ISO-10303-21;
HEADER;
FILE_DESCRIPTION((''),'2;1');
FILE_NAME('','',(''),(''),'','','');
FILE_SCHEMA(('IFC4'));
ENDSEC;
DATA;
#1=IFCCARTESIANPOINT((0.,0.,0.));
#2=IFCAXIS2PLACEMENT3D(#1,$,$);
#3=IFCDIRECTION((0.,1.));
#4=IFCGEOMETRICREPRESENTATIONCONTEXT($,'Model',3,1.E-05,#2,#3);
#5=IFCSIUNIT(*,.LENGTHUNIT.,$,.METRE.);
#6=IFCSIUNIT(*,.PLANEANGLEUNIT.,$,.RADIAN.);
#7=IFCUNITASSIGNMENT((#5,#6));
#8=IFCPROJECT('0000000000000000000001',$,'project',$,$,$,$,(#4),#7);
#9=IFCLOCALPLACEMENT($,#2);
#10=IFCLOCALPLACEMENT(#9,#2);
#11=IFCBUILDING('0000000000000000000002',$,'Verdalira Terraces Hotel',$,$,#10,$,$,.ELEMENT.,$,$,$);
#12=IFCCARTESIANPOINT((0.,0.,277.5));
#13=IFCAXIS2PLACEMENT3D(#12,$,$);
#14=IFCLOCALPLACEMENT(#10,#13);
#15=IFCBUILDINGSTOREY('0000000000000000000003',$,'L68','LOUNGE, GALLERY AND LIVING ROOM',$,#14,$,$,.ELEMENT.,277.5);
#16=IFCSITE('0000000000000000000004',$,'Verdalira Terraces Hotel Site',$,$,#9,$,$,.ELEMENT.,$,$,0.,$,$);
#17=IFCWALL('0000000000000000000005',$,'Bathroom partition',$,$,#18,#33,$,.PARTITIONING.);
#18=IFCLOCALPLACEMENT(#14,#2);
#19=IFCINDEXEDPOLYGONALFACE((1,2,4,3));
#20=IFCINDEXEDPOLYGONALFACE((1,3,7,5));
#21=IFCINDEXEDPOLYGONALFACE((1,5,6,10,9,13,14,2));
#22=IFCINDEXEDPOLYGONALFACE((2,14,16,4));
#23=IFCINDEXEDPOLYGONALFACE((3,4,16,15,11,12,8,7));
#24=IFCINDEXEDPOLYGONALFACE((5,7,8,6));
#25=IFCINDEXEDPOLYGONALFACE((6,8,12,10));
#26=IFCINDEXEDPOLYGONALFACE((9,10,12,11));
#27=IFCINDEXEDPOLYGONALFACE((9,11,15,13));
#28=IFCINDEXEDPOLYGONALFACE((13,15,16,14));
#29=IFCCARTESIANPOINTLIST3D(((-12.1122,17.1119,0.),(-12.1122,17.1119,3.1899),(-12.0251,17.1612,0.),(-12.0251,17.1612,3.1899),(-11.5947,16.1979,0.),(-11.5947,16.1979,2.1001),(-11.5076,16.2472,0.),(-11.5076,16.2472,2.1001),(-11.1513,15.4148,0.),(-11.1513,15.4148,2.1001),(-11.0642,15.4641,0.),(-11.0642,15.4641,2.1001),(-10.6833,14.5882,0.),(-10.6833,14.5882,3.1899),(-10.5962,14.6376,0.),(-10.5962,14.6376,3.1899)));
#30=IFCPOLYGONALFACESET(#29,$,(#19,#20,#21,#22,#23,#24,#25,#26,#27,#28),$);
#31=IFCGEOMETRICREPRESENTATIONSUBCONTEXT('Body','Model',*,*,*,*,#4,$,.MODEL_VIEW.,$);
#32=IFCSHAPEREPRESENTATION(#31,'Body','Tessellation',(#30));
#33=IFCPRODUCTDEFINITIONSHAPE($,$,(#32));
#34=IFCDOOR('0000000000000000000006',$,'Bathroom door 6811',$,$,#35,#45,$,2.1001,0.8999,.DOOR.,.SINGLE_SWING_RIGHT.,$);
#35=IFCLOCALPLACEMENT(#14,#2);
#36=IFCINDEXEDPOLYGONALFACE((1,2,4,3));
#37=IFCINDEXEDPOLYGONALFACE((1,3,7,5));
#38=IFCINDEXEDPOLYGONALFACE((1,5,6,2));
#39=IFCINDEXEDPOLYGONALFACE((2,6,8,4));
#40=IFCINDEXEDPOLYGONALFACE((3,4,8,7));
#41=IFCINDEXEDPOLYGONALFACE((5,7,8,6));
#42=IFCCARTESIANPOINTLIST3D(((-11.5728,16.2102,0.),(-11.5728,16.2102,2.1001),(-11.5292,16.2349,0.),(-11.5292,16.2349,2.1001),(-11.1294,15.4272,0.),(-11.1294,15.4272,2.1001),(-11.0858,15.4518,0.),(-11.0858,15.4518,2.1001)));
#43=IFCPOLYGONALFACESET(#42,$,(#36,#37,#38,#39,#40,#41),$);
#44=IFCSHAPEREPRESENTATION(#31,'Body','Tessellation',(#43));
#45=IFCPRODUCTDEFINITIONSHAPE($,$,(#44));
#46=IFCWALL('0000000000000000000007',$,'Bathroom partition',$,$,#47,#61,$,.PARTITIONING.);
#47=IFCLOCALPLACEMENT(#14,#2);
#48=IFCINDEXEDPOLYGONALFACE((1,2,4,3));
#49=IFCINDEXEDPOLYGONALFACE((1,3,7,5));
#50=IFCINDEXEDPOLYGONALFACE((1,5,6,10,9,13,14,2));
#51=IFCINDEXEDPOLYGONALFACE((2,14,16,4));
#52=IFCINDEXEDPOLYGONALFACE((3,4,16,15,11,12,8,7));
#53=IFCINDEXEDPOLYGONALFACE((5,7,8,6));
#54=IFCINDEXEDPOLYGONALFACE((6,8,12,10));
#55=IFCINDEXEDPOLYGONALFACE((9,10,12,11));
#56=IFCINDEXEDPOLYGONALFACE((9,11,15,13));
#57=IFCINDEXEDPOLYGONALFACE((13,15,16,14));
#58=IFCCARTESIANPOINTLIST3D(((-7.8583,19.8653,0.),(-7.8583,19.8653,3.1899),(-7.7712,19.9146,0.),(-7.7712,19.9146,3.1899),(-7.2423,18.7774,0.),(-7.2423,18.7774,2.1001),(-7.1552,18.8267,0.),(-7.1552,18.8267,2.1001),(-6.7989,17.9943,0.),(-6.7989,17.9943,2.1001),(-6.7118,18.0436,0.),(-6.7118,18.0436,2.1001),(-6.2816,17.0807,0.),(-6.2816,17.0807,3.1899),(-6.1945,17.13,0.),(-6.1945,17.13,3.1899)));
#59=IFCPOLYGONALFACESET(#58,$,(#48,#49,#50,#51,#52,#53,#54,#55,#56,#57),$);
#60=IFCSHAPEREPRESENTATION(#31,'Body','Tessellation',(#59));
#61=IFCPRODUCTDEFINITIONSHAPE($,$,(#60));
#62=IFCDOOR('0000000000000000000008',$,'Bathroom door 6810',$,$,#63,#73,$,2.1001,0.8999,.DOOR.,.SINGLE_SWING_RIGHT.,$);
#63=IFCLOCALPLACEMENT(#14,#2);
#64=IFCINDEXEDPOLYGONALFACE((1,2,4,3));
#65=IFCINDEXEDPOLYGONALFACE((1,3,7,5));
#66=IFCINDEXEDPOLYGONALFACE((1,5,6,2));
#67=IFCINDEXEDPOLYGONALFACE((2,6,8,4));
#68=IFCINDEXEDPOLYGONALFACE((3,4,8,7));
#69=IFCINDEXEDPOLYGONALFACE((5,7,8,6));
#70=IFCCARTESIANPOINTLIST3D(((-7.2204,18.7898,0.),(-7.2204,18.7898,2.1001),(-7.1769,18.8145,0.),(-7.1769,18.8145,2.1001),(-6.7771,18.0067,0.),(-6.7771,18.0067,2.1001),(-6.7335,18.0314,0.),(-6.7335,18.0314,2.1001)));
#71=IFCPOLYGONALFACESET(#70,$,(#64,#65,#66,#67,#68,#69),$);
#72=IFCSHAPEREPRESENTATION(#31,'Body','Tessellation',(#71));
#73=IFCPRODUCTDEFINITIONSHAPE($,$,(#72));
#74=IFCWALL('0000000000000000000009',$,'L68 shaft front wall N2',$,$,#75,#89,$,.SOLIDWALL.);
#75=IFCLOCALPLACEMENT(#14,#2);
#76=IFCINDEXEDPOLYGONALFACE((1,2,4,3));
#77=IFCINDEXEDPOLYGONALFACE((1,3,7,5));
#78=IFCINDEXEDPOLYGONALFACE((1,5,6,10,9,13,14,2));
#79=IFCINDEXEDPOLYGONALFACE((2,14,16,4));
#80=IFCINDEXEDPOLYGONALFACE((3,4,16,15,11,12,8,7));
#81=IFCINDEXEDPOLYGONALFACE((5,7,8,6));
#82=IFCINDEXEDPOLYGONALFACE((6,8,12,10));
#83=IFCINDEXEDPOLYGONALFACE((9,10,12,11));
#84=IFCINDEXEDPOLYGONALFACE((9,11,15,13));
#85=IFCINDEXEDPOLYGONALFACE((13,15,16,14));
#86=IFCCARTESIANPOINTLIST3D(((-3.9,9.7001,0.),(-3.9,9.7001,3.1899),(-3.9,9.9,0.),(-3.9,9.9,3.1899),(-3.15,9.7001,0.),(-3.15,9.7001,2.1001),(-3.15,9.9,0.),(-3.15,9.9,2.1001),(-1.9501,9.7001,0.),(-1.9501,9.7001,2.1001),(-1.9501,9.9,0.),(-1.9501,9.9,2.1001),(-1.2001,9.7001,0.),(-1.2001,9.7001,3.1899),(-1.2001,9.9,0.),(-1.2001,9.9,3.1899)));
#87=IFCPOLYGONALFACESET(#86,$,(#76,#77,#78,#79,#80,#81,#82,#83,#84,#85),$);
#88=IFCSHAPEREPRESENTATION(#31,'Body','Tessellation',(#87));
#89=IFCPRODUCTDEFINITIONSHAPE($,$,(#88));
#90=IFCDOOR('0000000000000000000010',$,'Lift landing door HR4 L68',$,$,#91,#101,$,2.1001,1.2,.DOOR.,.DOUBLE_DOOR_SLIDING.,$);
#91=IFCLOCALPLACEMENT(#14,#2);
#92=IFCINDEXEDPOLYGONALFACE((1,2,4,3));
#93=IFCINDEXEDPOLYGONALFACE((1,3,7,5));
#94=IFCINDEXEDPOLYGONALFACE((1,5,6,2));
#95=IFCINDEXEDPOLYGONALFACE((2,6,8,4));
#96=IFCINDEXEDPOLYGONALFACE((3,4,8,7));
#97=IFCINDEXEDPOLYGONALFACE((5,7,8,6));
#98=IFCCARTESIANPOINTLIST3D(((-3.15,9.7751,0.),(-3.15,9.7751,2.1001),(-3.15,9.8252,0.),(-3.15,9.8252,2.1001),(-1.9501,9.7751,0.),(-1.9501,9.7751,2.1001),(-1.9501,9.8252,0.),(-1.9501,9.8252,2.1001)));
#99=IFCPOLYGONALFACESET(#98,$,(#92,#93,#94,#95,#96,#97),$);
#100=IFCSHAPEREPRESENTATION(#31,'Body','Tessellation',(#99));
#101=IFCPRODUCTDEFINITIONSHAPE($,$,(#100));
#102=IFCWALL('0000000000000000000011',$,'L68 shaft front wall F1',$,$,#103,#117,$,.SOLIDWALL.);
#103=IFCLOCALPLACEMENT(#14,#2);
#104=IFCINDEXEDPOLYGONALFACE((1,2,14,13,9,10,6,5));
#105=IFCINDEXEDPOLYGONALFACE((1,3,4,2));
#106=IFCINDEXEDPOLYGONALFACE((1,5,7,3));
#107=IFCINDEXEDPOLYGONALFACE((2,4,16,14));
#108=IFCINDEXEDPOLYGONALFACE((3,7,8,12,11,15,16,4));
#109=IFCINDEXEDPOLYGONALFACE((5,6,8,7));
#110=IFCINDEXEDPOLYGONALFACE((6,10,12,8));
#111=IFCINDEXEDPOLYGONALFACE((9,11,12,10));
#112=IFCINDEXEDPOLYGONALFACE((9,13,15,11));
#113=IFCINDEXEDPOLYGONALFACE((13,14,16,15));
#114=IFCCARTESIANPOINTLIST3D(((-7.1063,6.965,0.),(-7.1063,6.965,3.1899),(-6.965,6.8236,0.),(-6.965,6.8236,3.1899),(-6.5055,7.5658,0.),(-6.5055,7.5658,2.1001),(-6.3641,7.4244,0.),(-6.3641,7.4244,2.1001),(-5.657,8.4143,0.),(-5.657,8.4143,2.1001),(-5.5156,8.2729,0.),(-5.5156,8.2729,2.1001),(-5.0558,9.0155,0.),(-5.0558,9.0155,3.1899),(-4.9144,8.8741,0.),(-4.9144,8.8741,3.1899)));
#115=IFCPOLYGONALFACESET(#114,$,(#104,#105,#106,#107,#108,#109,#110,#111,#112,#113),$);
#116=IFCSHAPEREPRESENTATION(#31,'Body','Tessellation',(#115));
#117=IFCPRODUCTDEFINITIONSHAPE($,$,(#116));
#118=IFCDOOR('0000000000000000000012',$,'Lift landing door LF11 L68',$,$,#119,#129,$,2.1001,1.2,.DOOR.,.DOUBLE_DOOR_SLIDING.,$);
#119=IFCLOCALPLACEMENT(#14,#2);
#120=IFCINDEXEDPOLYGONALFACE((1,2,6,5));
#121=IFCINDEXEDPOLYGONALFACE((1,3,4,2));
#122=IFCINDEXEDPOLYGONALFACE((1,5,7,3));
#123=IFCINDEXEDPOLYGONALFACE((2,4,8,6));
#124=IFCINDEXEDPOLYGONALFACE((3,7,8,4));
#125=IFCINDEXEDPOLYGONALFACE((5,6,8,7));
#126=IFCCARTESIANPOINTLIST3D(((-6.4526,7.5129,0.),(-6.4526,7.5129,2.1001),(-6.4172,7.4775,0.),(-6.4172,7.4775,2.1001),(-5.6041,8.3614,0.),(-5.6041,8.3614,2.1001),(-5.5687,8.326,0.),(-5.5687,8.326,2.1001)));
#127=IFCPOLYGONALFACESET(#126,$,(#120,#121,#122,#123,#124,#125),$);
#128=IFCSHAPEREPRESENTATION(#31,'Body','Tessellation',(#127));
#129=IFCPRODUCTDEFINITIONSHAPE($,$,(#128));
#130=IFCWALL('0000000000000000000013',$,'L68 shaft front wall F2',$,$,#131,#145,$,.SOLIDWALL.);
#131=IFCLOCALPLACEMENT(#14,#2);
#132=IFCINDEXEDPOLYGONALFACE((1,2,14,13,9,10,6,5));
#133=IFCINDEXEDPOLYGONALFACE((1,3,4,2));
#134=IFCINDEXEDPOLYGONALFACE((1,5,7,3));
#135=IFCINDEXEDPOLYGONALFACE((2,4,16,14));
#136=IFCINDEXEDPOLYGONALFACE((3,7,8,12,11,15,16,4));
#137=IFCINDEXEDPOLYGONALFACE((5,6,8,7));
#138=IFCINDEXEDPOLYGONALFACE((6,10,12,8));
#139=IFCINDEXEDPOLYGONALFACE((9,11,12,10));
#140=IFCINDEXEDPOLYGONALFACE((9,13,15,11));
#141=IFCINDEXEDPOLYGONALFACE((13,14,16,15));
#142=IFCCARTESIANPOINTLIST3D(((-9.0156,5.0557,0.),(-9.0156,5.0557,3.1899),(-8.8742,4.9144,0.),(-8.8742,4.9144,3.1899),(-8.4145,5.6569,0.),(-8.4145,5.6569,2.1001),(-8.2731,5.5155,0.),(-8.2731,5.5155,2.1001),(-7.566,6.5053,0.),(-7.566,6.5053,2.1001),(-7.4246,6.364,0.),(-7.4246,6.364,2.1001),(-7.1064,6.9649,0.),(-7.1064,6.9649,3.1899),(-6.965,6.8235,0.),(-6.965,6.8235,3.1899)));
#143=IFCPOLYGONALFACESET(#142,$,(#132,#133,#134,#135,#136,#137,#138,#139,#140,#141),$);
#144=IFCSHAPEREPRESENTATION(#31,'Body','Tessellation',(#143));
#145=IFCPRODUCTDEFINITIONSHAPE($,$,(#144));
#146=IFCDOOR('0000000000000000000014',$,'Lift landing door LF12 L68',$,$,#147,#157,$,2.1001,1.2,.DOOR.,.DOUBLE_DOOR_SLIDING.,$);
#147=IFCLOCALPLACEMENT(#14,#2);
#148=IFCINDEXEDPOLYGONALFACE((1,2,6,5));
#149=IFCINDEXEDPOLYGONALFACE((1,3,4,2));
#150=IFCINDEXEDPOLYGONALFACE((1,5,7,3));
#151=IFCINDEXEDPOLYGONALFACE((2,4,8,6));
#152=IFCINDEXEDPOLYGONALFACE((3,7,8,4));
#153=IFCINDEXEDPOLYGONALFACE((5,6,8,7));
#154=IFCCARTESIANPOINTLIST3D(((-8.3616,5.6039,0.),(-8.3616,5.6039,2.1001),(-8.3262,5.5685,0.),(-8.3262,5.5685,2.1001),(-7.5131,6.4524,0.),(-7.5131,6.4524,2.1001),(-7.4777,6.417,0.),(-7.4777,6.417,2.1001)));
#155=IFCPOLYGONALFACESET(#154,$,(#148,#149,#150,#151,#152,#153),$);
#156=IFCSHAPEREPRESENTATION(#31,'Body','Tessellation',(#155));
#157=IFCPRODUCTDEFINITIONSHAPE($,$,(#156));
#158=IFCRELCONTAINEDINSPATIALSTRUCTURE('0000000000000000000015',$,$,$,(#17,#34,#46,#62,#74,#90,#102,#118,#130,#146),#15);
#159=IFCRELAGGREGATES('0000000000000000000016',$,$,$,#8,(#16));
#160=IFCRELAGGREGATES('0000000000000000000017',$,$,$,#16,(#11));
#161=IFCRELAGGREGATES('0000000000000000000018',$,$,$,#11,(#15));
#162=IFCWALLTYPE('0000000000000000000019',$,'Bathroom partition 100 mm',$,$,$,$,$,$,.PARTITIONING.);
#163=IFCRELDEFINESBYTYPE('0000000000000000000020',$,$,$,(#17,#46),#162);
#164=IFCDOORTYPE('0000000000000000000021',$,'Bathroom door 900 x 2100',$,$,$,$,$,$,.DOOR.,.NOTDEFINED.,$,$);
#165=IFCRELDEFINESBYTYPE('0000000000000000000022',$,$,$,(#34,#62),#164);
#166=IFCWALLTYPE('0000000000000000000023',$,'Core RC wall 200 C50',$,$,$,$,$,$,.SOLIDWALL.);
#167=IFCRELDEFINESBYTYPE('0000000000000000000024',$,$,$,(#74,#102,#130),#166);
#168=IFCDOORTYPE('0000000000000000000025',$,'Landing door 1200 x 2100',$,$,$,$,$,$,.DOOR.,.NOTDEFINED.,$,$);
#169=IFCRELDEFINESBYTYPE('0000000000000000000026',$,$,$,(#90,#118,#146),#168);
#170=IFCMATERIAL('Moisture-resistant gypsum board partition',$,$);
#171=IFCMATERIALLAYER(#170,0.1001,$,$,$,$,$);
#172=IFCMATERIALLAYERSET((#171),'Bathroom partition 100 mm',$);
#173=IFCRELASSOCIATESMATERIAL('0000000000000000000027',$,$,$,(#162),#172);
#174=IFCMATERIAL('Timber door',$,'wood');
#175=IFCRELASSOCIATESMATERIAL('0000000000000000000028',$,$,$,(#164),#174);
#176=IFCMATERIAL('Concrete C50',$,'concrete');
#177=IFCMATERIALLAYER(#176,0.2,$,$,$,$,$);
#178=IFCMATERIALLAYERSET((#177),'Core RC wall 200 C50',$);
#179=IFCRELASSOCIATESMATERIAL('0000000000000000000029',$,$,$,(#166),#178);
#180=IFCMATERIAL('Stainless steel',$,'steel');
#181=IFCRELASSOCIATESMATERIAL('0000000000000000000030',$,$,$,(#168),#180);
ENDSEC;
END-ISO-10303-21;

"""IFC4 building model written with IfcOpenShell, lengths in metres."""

from ifc_helpers import new_model, si_unit, direction, frame, frame_2d, origin, place, context, subcontext, project, spatial, rectangle, extrude, material, layer, layer_set, type_object, element, fill, save


model = new_model("IFC4")

# Units and contexts
model_context = context("Model", 3, precision=1e-05, world=origin(), true_north=direction((0.0, 1.0)))
body_context = subcontext(model_context, "Body", "Model", "MODEL_VIEW")
ifc_project = project(units=[si_unit("LENGTHUNIT", "METRE"), si_unit("PLANEANGLEUNIT", "RADIAN")], contexts=[model_context])

# Site, building, storey
site_placement = place(None, origin())
site = spatial("IfcSite", under=ifc_project, at=site_placement, Name="Verdalira Terraces Hotel Site", CompositionType="ELEMENT", RefElevation=0.0)
building_placement = place(site_placement, origin())
building = spatial("IfcBuilding", under=site, at=building_placement, Name="Verdalira Terraces Hotel", CompositionType="ELEMENT")
storey_placement = place(building_placement, frame((0.0, 0.0, 277.5)))
storey = spatial("IfcBuildingStorey", under=building, at=storey_placement, Name="L68", Description="LOUNGE, GALLERY AND LIVING ROOM", CompositionType="ELEMENT", Elevation=277.5)

# Walls, openings, doors
ifc_material_1 = material(Name="Moisture-resistant gypsum board partition")
ifc_layer_1 = layer(ifc_material_1, 0.1001)
ifc_layer_set_1 = layer_set([ifc_layer_1], Name="Bathroom partition 100 mm")
wall_type_1 = type_object("IfcWallType", Name="Bathroom partition 100 mm", PredefinedType="PARTITIONING", material=ifc_layer_set_1)
wall_1_placement = place(storey_placement, frame((-10.6396, 14.6128, 0.0), z_axis=(0.0, 0.0, 1.0), x_axis=(-0.492717, 0.870189, 0.0)))
wall_1 = element("IfcWall", 1, at=wall_1_placement, inside=storey, type_object=wall_type_1, Name="Bathroom partition", PredefinedType="PARTITIONING", context=body_context, shape_type="SweptSolid", body=[
    extrude(rectangle(XDim=2.9001, YDim=0.1001, at=frame_2d((1.4502, 0.0))), origin(), (0.0, 0.0, 1.0), 3.1899),
])
opening_1_placement = place(wall_1_placement, frame((0.95, 0.0, 0.0)))
opening_1 = element("IfcOpeningElement", 2, at=opening_1_placement, cuts=wall_1, PredefinedType="OPENING", context=body_context, shape_type="SweptSolid", body=[
    extrude(rectangle(XDim=0.8999, YDim=2.1001, at=frame_2d((0.45, 1.05))), frame((0.0, 0.0601, 0.0), z_axis=(0.0, -1.0, 0.0), x_axis=(1.0, 0.0, 0.0)), (0.0, 0.0, 1.0), 0.1201),
])
ifc_material_2 = material(Name="Timber door", Category="wood")
door_type_1 = type_object("IfcDoorType", Name="Bathroom door 900 x 2100", OperationType="NOTDEFINED", PredefinedType="DOOR", material=ifc_material_2)
door_1_placement = place(opening_1_placement, origin())
door_1 = element("IfcDoor", 3, at=door_1_placement, inside=storey, type_object=door_type_1, Name="Bathroom door 6811", OperationType="SINGLE_SWING_RIGHT", OverallHeight=2.1001, OverallWidth=0.8999, PredefinedType="DOOR", context=body_context, shape_type="SweptSolid", body=[
    extrude(rectangle(XDim=0.8999, YDim=2.1001, at=frame_2d((0.45, 1.05))), frame((0.0, 0.0249, 0.0), z_axis=(0.0, -1.0, 0.0), x_axis=(1.0, 0.0, 0.0)), (0.0, 0.0, 1.0), 0.05),
])
fill(opening_1, door_1)
wall_2_placement = place(storey_placement, frame((-6.238, 17.1052, 0.0), z_axis=(0.0, 0.0, 1.0), x_axis=(-0.492701, 0.870199, 0.0)))
wall_2 = element("IfcWall", 4, at=wall_2_placement, inside=storey, type_object=wall_type_1, Name="Bathroom partition", PredefinedType="PARTITIONING", context=body_context, shape_type="SweptSolid", body=[
    extrude(rectangle(XDim=3.2, YDim=0.1001, at=frame_2d((1.6001, 0.0))), origin(), (0.0, 0.0, 1.0), 3.1899),
])
opening_2_placement = place(wall_2_placement, frame((1.05, 0.0, 0.0)))
opening_2 = element("IfcOpeningElement", 5, at=opening_2_placement, cuts=wall_2, PredefinedType="OPENING", context=body_context, shape_type="SweptSolid", body=[
    extrude(rectangle(XDim=0.8999, YDim=2.1001, at=frame_2d((0.45, 1.05))), frame((0.0, 0.0601, 0.0), z_axis=(0.0, -1.0, 0.0), x_axis=(1.0, 0.0, 0.0)), (0.0, 0.0, 1.0), 0.1201),
])
door_2_placement = place(opening_2_placement, origin())
door_2 = element("IfcDoor", 6, at=door_2_placement, inside=storey, type_object=door_type_1, Name="Bathroom door 6810", OperationType="SINGLE_SWING_RIGHT", OverallHeight=2.1001, OverallWidth=0.8999, PredefinedType="DOOR", context=body_context, shape_type="SweptSolid", body=[
    extrude(rectangle(XDim=0.8999, YDim=2.1001, at=frame_2d((0.45, 1.05))), frame((0.0, 0.0249, 0.0), z_axis=(0.0, -1.0, 0.0), x_axis=(1.0, 0.0, 0.0)), (0.0, 0.0, 1.0), 0.05),
])
fill(opening_2, door_2)
ifc_material_3 = material(Name="Concrete C50", Category="concrete")
ifc_layer_2 = layer(ifc_material_3, 0.2)
ifc_layer_set_2 = layer_set([ifc_layer_2], Name="Core RC wall 200 C50")
wall_type_2 = type_object("IfcWallType", Name="Core RC wall 200 C50", PredefinedType="SOLIDWALL", material=ifc_layer_set_2)
wall_3_placement = place(storey_placement, frame((-1.2, 9.8, 0.0), z_axis=(0.0, 0.0, 1.0), x_axis=(-1.0, 0.0, 0.0)))
wall_3 = element("IfcWall", 7, at=wall_3_placement, inside=storey, type_object=wall_type_2, Name="L68 shaft front wall N2", PredefinedType="SOLIDWALL", context=body_context, shape_type="SweptSolid", body=[
    extrude(rectangle(XDim=2.7, YDim=0.2, at=frame_2d((1.3501, 0.0))), origin(), (0.0, 0.0, 1.0), 3.1899),
])
opening_3_placement = place(wall_3_placement, frame((0.75, 0.0, 0.0)))
opening_3 = element("IfcOpeningElement", 8, at=opening_3_placement, cuts=wall_3, PredefinedType="OPENING", context=body_context, shape_type="SweptSolid", body=[
    extrude(rectangle(XDim=1.2, YDim=2.1001, at=frame_2d((0.6001, 1.05))), frame((0.0, 0.1099, 0.0), z_axis=(0.0, -1.0, 0.0), x_axis=(1.0, 0.0, 0.0)), (0.0, 0.0, 1.0), 0.22),
])
ifc_material_4 = material(Name="Stainless steel", Category="steel")
door_type_2 = type_object("IfcDoorType", Name="Landing door 1200 x 2100", OperationType="NOTDEFINED", PredefinedType="DOOR", material=ifc_material_4)
door_3_placement = place(opening_3_placement, origin())
door_3 = element("IfcDoor", 9, at=door_3_placement, inside=storey, type_object=door_type_2, Name="Lift landing door HR4 L68", OperationType="DOUBLE_DOOR_SLIDING", OverallHeight=2.1001, OverallWidth=1.2, PredefinedType="DOOR", context=body_context, shape_type="SweptSolid", body=[
    extrude(rectangle(XDim=1.2, YDim=2.1001, at=frame_2d((0.6001, 1.05))), frame((0.0, 0.0249, 0.0), z_axis=(0.0, -1.0, 0.0), x_axis=(1.0, 0.0, 0.0)), (0.0, 0.0, 1.0), 0.05),
])
fill(opening_3, door_3)
wall_4_placement = place(storey_placement, frame((-4.9851, 8.9448, 0.0), z_axis=(0.0, 0.0, 1.0), x_axis=(-0.707107, -0.707107, 0.0)))
wall_4 = element("IfcWall", 10, at=wall_4_placement, inside=storey, type_object=wall_type_2, Name="L68 shaft front wall F1", PredefinedType="SOLIDWALL", context=body_context, shape_type="SweptSolid", body=[
    extrude(rectangle(XDim=2.8999, YDim=0.2, at=frame_2d((1.45, 0.0))), origin(), (0.0, 0.0, 1.0), 3.1899),
])
opening_4_placement = place(wall_4_placement, frame((0.8501, 0.0, 0.0)))
opening_4 = element("IfcOpeningElement", 11, at=opening_4_placement, cuts=wall_4, PredefinedType="OPENING", context=body_context, shape_type="SweptSolid", body=[
    extrude(rectangle(XDim=1.2, YDim=2.1001, at=frame_2d((0.6001, 1.05))), frame((0.0, 0.1099, 0.0), z_axis=(0.0, -1.0, 0.0), x_axis=(1.0, 0.0, 0.0)), (0.0, 0.0, 1.0), 0.22),
])
door_4_placement = place(opening_4_placement, origin())
door_4 = element("IfcDoor", 12, at=door_4_placement, inside=storey, type_object=door_type_2, Name="Lift landing door LF11 L68", OperationType="DOUBLE_DOOR_SLIDING", OverallHeight=2.1001, OverallWidth=1.2, PredefinedType="DOOR", context=body_context, shape_type="SweptSolid", body=[
    extrude(rectangle(XDim=1.2, YDim=2.1001, at=frame_2d((0.6001, 1.05))), frame((0.0, 0.0249, 0.0), z_axis=(0.0, -1.0, 0.0), x_axis=(1.0, 0.0, 0.0)), (0.0, 0.0, 1.0), 0.05),
])
fill(opening_4, door_4)
wall_5_placement = place(storey_placement, frame((-7.0356, 6.8943, 0.0), z_axis=(0.0, 0.0, 1.0), x_axis=(-0.707107, -0.707107, 0.0)))
wall_5 = element("IfcWall", 13, at=wall_5_placement, inside=storey, type_object=wall_type_2, Name="L68 shaft front wall F2", PredefinedType="SOLIDWALL", context=body_context, shape_type="SweptSolid", body=[
    extrude(rectangle(XDim=2.7, YDim=0.2, at=frame_2d((1.3501, 0.0))), origin(), (0.0, 0.0, 1.0), 3.1899),
])
opening_5_placement = place(wall_5_placement, frame((0.6499, 0.0, 0.0)))
opening_5 = element("IfcOpeningElement", 14, at=opening_5_placement, cuts=wall_5, PredefinedType="OPENING", context=body_context, shape_type="SweptSolid", body=[
    extrude(rectangle(XDim=1.2, YDim=2.1001, at=frame_2d((0.6001, 1.05))), frame((0.0, 0.1099, 0.0), z_axis=(0.0, -1.0, 0.0), x_axis=(1.0, 0.0, 0.0)), (0.0, 0.0, 1.0), 0.22),
])
door_5_placement = place(opening_5_placement, origin())
door_5 = element("IfcDoor", 15, at=door_5_placement, inside=storey, type_object=door_type_2, Name="Lift landing door LF12 L68", OperationType="DOUBLE_DOOR_SLIDING", OverallHeight=2.1001, OverallWidth=1.2, PredefinedType="DOOR", context=body_context, shape_type="SweptSolid", body=[
    extrude(rectangle(XDim=1.2, YDim=2.1001, at=frame_2d((0.6001, 1.05))), frame((0.0, 0.0249, 0.0), z_axis=(0.0, -1.0, 0.0), x_axis=(1.0, 0.0, 0.0)), (0.0, 0.0, 1.0), 0.05),
])
fill(opening_5, door_5)

save(model, "model.ifc")
